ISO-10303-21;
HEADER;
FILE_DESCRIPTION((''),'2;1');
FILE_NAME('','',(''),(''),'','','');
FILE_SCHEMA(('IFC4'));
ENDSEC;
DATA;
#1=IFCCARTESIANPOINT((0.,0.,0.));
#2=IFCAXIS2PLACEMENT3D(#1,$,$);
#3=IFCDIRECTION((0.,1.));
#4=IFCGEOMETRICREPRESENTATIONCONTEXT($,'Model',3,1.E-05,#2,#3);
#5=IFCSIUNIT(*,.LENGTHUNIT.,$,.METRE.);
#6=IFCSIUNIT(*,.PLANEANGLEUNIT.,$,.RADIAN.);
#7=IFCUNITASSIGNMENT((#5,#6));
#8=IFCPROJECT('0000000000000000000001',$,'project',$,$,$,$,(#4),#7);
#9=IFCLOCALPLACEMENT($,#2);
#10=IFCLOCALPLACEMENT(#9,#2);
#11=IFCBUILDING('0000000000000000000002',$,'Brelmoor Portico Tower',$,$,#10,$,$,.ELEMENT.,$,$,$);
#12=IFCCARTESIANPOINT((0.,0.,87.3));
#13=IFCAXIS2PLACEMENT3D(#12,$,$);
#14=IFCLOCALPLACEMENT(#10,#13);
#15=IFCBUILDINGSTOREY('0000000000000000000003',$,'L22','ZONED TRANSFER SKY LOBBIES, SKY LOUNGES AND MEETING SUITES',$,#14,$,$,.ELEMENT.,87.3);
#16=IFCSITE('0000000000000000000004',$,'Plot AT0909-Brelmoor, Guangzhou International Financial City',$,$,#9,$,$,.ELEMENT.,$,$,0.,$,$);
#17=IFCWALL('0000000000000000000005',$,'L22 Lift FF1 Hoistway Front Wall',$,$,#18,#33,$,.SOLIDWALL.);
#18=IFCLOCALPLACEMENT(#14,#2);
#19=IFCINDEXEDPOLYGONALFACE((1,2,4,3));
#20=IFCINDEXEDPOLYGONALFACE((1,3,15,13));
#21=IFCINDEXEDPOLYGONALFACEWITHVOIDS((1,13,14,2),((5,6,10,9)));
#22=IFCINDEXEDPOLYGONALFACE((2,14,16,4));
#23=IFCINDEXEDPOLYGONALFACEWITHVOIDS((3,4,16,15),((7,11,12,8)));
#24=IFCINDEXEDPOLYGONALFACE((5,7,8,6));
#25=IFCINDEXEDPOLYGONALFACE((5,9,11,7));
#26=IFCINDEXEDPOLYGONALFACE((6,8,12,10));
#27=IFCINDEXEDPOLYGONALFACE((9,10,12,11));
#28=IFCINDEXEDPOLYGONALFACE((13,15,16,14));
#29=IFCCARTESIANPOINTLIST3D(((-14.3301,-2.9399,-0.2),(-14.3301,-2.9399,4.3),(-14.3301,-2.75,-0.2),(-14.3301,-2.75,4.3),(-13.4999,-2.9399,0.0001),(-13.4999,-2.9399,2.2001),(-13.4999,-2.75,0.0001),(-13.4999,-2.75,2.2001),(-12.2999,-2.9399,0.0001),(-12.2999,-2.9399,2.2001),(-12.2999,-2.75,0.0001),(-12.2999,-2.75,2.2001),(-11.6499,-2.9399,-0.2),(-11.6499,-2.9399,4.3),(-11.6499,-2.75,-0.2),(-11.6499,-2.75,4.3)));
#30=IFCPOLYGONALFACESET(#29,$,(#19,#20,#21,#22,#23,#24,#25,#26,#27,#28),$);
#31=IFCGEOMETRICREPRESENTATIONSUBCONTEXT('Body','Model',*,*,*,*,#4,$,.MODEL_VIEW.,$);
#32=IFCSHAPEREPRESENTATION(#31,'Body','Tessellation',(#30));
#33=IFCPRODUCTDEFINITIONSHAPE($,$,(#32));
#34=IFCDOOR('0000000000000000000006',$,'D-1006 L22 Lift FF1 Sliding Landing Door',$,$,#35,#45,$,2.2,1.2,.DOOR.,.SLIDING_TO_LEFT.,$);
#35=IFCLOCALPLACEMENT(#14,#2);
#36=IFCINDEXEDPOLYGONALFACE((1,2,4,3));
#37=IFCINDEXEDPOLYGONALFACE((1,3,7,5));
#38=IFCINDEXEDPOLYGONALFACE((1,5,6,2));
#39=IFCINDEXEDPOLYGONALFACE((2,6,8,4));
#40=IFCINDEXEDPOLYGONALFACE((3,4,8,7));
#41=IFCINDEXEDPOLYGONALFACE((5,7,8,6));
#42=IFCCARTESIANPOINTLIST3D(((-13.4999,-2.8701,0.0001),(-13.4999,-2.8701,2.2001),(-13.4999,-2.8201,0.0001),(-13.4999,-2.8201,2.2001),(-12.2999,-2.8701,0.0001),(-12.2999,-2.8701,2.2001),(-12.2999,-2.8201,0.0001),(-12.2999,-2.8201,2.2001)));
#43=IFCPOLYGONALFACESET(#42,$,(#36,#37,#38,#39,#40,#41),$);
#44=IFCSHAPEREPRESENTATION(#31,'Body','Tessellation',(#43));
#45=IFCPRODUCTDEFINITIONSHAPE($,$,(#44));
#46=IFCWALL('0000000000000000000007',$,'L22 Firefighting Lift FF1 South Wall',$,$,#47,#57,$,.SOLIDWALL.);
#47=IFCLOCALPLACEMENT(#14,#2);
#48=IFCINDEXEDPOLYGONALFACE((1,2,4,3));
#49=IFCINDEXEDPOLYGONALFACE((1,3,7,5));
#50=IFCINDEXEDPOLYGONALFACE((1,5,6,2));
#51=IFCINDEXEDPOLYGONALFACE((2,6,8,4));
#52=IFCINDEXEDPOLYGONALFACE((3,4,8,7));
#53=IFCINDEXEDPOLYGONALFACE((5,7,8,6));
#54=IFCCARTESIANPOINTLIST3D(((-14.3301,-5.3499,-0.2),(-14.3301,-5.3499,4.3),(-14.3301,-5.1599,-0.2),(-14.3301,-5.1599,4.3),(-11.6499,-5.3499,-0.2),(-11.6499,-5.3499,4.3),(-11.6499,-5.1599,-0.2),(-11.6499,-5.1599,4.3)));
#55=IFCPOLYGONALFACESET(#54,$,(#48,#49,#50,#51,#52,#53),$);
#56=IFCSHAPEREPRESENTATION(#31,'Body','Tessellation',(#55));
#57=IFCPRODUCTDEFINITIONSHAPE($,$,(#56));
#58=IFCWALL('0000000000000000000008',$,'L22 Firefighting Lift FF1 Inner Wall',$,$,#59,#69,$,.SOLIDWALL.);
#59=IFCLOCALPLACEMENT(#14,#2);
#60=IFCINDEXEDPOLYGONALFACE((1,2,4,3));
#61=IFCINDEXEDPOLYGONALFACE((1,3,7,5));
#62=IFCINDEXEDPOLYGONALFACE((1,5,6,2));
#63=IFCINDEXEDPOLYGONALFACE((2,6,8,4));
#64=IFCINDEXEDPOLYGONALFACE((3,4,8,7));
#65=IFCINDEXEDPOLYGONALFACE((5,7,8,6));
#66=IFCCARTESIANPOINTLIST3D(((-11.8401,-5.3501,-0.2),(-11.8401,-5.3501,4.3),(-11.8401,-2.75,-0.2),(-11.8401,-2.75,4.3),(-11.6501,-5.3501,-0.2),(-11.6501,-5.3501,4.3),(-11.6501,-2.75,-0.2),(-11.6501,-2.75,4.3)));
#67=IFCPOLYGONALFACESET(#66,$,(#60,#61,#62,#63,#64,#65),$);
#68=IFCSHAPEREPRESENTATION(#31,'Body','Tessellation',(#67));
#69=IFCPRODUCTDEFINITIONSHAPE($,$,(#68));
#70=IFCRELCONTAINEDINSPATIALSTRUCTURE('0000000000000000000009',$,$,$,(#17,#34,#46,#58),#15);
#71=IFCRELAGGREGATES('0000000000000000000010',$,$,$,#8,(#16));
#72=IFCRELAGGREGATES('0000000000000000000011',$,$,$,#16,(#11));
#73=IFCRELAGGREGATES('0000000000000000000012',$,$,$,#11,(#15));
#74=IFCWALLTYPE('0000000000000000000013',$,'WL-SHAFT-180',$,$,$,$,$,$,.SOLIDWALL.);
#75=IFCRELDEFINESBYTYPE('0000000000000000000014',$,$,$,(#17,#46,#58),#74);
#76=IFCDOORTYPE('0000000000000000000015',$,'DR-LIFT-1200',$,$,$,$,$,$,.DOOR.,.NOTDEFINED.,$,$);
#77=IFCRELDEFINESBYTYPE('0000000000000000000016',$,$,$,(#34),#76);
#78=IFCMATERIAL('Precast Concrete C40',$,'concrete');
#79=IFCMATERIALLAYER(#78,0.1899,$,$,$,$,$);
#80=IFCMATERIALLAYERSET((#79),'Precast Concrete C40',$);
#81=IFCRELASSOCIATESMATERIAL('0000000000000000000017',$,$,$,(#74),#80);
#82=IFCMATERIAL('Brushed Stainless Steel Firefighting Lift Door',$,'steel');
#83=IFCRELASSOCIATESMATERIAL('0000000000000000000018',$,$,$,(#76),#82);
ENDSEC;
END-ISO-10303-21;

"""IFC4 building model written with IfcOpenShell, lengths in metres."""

from ifc_helpers import new_model, si_unit, direction, frame, frame_2d, origin, place, context, subcontext, project, spatial, rectangle, extrude, material, layer, layer_set, type_object, element, fill, save


model = new_model("IFC4")

# Units and contexts
model_context = context("Model", 3, precision=1e-05, world=origin(), true_north=direction((0.0, 1.0)))
body_context = subcontext(model_context, "Body", "Model", "MODEL_VIEW")
ifc_project = project(units=[si_unit("LENGTHUNIT", "METRE"), si_unit("PLANEANGLEUNIT", "RADIAN")], contexts=[model_context])

# Site, building, storey
site_placement = place(None, origin())
site = spatial("IfcSite", under=ifc_project, at=site_placement, Name="Plot AT0909-Brelmoor, Guangzhou International Financial City", CompositionType="ELEMENT", RefElevation=0.0)
building_placement = place(site_placement, origin())
building = spatial("IfcBuilding", under=site, at=building_placement, Name="Brelmoor Portico Tower", CompositionType="ELEMENT")
storey_placement = place(building_placement, frame((0.0, 0.0, 87.3)))
storey = spatial("IfcBuildingStorey", under=building, at=storey_placement, Name="L22", Description="ZONED TRANSFER SKY LOBBIES, SKY LOUNGES AND MEETING SUITES", CompositionType="ELEMENT", Elevation=87.3)

# Shared definitions
ifc_material_1 = material(Name="Precast Concrete C40", Category="concrete")
ifc_layer_1 = layer(ifc_material_1, 0.1899)
ifc_layer_set_1 = layer_set([ifc_layer_1], Name="Precast Concrete C40")
wall_type_1 = type_object("IfcWallType", Name="WL-SHAFT-180", PredefinedType="SOLIDWALL", material=ifc_layer_set_1)

# Wall, opening, door
wall_1_placement = place(storey_placement, frame((-14.3301, -2.845, -0.2), z_axis=(0.0, 0.0, 1.0), x_axis=(1.0, 0.0, 0.0)))
wall_1 = element("IfcWall", 1, at=wall_1_placement, inside=storey, type_object=wall_type_1, Name="L22 Lift FF1 Hoistway Front Wall", PredefinedType="SOLIDWALL", context=body_context, shape_type="SweptSolid", body=[
    extrude(rectangle(XDim=2.6802, YDim=0.1899, at=frame_2d((1.3401, 0.0))), origin(), (0.0, 0.0, 1.0), 4.5),
])
opening_1_placement = place(wall_1_placement, frame((0.8301, 0.0, 0.2)))
opening_1 = element("IfcOpeningElement", 2, at=opening_1_placement, cuts=wall_1, PredefinedType="OPENING", context=body_context, shape_type="SweptSolid", body=[
    extrude(rectangle(XDim=1.2, YDim=2.2, at=frame_2d((0.6001, 1.1001))), frame((0.0, 0.105, 0.0), z_axis=(0.0, -1.0, 0.0), x_axis=(1.0, 0.0, 0.0)), (0.0, 0.0, 1.0), 0.21),
])
ifc_material_2 = material(Name="Brushed Stainless Steel Firefighting Lift Door", Category="steel")
door_type_1 = type_object("IfcDoorType", Name="DR-LIFT-1200", OperationType="NOTDEFINED", PredefinedType="DOOR", material=ifc_material_2)
door_1_placement = place(opening_1_placement, origin())
door_1 = element("IfcDoor", 3, at=door_1_placement, inside=storey, type_object=door_type_1, Name="D-1006 L22 Lift FF1 Sliding Landing Door", OperationType="SLIDING_TO_LEFT", OverallHeight=2.2, OverallWidth=1.2, PredefinedType="DOOR", context=body_context, shape_type="SweptSolid", body=[
    extrude(rectangle(XDim=1.2, YDim=2.2, at=frame_2d((0.6001, 1.1001))), frame((0.0, 0.0249, 0.0), z_axis=(0.0, -1.0, 0.0), x_axis=(1.0, 0.0, 0.0)), (0.0, 0.0, 1.0), 0.05),
])
fill(opening_1, door_1)

# Walls
wall_2_placement = place(storey_placement, frame((-14.3301, -5.2549, -0.2), z_axis=(0.0, 0.0, 1.0), x_axis=(1.0, 0.0, 0.0)))
element("IfcWall", 4, at=wall_2_placement, inside=storey, type_object=wall_type_1, Name="L22 Firefighting Lift FF1 South Wall", PredefinedType="SOLIDWALL", context=body_context, shape_type="SweptSolid", body=[
    extrude(rectangle(XDim=2.6802, YDim=0.1899, at=frame_2d((1.3401, 0.0))), origin(), (0.0, 0.0, 1.0), 4.5),
])
wall_3_placement = place(storey_placement, frame((-11.7451, -5.3501, -0.2), z_axis=(0.0, 0.0, 1.0), x_axis=(0.0, 1.0, 0.0)))
element("IfcWall", 5, at=wall_3_placement, inside=storey, type_object=wall_type_1, Name="L22 Firefighting Lift FF1 Inner Wall", PredefinedType="SOLIDWALL", context=body_context, shape_type="SweptSolid", body=[
    extrude(rectangle(XDim=2.6001, YDim=0.1899, at=frame_2d((1.3, 0.0))), origin(), (0.0, 0.0, 1.0), 4.5),
])

save(model, "model.ifc")
